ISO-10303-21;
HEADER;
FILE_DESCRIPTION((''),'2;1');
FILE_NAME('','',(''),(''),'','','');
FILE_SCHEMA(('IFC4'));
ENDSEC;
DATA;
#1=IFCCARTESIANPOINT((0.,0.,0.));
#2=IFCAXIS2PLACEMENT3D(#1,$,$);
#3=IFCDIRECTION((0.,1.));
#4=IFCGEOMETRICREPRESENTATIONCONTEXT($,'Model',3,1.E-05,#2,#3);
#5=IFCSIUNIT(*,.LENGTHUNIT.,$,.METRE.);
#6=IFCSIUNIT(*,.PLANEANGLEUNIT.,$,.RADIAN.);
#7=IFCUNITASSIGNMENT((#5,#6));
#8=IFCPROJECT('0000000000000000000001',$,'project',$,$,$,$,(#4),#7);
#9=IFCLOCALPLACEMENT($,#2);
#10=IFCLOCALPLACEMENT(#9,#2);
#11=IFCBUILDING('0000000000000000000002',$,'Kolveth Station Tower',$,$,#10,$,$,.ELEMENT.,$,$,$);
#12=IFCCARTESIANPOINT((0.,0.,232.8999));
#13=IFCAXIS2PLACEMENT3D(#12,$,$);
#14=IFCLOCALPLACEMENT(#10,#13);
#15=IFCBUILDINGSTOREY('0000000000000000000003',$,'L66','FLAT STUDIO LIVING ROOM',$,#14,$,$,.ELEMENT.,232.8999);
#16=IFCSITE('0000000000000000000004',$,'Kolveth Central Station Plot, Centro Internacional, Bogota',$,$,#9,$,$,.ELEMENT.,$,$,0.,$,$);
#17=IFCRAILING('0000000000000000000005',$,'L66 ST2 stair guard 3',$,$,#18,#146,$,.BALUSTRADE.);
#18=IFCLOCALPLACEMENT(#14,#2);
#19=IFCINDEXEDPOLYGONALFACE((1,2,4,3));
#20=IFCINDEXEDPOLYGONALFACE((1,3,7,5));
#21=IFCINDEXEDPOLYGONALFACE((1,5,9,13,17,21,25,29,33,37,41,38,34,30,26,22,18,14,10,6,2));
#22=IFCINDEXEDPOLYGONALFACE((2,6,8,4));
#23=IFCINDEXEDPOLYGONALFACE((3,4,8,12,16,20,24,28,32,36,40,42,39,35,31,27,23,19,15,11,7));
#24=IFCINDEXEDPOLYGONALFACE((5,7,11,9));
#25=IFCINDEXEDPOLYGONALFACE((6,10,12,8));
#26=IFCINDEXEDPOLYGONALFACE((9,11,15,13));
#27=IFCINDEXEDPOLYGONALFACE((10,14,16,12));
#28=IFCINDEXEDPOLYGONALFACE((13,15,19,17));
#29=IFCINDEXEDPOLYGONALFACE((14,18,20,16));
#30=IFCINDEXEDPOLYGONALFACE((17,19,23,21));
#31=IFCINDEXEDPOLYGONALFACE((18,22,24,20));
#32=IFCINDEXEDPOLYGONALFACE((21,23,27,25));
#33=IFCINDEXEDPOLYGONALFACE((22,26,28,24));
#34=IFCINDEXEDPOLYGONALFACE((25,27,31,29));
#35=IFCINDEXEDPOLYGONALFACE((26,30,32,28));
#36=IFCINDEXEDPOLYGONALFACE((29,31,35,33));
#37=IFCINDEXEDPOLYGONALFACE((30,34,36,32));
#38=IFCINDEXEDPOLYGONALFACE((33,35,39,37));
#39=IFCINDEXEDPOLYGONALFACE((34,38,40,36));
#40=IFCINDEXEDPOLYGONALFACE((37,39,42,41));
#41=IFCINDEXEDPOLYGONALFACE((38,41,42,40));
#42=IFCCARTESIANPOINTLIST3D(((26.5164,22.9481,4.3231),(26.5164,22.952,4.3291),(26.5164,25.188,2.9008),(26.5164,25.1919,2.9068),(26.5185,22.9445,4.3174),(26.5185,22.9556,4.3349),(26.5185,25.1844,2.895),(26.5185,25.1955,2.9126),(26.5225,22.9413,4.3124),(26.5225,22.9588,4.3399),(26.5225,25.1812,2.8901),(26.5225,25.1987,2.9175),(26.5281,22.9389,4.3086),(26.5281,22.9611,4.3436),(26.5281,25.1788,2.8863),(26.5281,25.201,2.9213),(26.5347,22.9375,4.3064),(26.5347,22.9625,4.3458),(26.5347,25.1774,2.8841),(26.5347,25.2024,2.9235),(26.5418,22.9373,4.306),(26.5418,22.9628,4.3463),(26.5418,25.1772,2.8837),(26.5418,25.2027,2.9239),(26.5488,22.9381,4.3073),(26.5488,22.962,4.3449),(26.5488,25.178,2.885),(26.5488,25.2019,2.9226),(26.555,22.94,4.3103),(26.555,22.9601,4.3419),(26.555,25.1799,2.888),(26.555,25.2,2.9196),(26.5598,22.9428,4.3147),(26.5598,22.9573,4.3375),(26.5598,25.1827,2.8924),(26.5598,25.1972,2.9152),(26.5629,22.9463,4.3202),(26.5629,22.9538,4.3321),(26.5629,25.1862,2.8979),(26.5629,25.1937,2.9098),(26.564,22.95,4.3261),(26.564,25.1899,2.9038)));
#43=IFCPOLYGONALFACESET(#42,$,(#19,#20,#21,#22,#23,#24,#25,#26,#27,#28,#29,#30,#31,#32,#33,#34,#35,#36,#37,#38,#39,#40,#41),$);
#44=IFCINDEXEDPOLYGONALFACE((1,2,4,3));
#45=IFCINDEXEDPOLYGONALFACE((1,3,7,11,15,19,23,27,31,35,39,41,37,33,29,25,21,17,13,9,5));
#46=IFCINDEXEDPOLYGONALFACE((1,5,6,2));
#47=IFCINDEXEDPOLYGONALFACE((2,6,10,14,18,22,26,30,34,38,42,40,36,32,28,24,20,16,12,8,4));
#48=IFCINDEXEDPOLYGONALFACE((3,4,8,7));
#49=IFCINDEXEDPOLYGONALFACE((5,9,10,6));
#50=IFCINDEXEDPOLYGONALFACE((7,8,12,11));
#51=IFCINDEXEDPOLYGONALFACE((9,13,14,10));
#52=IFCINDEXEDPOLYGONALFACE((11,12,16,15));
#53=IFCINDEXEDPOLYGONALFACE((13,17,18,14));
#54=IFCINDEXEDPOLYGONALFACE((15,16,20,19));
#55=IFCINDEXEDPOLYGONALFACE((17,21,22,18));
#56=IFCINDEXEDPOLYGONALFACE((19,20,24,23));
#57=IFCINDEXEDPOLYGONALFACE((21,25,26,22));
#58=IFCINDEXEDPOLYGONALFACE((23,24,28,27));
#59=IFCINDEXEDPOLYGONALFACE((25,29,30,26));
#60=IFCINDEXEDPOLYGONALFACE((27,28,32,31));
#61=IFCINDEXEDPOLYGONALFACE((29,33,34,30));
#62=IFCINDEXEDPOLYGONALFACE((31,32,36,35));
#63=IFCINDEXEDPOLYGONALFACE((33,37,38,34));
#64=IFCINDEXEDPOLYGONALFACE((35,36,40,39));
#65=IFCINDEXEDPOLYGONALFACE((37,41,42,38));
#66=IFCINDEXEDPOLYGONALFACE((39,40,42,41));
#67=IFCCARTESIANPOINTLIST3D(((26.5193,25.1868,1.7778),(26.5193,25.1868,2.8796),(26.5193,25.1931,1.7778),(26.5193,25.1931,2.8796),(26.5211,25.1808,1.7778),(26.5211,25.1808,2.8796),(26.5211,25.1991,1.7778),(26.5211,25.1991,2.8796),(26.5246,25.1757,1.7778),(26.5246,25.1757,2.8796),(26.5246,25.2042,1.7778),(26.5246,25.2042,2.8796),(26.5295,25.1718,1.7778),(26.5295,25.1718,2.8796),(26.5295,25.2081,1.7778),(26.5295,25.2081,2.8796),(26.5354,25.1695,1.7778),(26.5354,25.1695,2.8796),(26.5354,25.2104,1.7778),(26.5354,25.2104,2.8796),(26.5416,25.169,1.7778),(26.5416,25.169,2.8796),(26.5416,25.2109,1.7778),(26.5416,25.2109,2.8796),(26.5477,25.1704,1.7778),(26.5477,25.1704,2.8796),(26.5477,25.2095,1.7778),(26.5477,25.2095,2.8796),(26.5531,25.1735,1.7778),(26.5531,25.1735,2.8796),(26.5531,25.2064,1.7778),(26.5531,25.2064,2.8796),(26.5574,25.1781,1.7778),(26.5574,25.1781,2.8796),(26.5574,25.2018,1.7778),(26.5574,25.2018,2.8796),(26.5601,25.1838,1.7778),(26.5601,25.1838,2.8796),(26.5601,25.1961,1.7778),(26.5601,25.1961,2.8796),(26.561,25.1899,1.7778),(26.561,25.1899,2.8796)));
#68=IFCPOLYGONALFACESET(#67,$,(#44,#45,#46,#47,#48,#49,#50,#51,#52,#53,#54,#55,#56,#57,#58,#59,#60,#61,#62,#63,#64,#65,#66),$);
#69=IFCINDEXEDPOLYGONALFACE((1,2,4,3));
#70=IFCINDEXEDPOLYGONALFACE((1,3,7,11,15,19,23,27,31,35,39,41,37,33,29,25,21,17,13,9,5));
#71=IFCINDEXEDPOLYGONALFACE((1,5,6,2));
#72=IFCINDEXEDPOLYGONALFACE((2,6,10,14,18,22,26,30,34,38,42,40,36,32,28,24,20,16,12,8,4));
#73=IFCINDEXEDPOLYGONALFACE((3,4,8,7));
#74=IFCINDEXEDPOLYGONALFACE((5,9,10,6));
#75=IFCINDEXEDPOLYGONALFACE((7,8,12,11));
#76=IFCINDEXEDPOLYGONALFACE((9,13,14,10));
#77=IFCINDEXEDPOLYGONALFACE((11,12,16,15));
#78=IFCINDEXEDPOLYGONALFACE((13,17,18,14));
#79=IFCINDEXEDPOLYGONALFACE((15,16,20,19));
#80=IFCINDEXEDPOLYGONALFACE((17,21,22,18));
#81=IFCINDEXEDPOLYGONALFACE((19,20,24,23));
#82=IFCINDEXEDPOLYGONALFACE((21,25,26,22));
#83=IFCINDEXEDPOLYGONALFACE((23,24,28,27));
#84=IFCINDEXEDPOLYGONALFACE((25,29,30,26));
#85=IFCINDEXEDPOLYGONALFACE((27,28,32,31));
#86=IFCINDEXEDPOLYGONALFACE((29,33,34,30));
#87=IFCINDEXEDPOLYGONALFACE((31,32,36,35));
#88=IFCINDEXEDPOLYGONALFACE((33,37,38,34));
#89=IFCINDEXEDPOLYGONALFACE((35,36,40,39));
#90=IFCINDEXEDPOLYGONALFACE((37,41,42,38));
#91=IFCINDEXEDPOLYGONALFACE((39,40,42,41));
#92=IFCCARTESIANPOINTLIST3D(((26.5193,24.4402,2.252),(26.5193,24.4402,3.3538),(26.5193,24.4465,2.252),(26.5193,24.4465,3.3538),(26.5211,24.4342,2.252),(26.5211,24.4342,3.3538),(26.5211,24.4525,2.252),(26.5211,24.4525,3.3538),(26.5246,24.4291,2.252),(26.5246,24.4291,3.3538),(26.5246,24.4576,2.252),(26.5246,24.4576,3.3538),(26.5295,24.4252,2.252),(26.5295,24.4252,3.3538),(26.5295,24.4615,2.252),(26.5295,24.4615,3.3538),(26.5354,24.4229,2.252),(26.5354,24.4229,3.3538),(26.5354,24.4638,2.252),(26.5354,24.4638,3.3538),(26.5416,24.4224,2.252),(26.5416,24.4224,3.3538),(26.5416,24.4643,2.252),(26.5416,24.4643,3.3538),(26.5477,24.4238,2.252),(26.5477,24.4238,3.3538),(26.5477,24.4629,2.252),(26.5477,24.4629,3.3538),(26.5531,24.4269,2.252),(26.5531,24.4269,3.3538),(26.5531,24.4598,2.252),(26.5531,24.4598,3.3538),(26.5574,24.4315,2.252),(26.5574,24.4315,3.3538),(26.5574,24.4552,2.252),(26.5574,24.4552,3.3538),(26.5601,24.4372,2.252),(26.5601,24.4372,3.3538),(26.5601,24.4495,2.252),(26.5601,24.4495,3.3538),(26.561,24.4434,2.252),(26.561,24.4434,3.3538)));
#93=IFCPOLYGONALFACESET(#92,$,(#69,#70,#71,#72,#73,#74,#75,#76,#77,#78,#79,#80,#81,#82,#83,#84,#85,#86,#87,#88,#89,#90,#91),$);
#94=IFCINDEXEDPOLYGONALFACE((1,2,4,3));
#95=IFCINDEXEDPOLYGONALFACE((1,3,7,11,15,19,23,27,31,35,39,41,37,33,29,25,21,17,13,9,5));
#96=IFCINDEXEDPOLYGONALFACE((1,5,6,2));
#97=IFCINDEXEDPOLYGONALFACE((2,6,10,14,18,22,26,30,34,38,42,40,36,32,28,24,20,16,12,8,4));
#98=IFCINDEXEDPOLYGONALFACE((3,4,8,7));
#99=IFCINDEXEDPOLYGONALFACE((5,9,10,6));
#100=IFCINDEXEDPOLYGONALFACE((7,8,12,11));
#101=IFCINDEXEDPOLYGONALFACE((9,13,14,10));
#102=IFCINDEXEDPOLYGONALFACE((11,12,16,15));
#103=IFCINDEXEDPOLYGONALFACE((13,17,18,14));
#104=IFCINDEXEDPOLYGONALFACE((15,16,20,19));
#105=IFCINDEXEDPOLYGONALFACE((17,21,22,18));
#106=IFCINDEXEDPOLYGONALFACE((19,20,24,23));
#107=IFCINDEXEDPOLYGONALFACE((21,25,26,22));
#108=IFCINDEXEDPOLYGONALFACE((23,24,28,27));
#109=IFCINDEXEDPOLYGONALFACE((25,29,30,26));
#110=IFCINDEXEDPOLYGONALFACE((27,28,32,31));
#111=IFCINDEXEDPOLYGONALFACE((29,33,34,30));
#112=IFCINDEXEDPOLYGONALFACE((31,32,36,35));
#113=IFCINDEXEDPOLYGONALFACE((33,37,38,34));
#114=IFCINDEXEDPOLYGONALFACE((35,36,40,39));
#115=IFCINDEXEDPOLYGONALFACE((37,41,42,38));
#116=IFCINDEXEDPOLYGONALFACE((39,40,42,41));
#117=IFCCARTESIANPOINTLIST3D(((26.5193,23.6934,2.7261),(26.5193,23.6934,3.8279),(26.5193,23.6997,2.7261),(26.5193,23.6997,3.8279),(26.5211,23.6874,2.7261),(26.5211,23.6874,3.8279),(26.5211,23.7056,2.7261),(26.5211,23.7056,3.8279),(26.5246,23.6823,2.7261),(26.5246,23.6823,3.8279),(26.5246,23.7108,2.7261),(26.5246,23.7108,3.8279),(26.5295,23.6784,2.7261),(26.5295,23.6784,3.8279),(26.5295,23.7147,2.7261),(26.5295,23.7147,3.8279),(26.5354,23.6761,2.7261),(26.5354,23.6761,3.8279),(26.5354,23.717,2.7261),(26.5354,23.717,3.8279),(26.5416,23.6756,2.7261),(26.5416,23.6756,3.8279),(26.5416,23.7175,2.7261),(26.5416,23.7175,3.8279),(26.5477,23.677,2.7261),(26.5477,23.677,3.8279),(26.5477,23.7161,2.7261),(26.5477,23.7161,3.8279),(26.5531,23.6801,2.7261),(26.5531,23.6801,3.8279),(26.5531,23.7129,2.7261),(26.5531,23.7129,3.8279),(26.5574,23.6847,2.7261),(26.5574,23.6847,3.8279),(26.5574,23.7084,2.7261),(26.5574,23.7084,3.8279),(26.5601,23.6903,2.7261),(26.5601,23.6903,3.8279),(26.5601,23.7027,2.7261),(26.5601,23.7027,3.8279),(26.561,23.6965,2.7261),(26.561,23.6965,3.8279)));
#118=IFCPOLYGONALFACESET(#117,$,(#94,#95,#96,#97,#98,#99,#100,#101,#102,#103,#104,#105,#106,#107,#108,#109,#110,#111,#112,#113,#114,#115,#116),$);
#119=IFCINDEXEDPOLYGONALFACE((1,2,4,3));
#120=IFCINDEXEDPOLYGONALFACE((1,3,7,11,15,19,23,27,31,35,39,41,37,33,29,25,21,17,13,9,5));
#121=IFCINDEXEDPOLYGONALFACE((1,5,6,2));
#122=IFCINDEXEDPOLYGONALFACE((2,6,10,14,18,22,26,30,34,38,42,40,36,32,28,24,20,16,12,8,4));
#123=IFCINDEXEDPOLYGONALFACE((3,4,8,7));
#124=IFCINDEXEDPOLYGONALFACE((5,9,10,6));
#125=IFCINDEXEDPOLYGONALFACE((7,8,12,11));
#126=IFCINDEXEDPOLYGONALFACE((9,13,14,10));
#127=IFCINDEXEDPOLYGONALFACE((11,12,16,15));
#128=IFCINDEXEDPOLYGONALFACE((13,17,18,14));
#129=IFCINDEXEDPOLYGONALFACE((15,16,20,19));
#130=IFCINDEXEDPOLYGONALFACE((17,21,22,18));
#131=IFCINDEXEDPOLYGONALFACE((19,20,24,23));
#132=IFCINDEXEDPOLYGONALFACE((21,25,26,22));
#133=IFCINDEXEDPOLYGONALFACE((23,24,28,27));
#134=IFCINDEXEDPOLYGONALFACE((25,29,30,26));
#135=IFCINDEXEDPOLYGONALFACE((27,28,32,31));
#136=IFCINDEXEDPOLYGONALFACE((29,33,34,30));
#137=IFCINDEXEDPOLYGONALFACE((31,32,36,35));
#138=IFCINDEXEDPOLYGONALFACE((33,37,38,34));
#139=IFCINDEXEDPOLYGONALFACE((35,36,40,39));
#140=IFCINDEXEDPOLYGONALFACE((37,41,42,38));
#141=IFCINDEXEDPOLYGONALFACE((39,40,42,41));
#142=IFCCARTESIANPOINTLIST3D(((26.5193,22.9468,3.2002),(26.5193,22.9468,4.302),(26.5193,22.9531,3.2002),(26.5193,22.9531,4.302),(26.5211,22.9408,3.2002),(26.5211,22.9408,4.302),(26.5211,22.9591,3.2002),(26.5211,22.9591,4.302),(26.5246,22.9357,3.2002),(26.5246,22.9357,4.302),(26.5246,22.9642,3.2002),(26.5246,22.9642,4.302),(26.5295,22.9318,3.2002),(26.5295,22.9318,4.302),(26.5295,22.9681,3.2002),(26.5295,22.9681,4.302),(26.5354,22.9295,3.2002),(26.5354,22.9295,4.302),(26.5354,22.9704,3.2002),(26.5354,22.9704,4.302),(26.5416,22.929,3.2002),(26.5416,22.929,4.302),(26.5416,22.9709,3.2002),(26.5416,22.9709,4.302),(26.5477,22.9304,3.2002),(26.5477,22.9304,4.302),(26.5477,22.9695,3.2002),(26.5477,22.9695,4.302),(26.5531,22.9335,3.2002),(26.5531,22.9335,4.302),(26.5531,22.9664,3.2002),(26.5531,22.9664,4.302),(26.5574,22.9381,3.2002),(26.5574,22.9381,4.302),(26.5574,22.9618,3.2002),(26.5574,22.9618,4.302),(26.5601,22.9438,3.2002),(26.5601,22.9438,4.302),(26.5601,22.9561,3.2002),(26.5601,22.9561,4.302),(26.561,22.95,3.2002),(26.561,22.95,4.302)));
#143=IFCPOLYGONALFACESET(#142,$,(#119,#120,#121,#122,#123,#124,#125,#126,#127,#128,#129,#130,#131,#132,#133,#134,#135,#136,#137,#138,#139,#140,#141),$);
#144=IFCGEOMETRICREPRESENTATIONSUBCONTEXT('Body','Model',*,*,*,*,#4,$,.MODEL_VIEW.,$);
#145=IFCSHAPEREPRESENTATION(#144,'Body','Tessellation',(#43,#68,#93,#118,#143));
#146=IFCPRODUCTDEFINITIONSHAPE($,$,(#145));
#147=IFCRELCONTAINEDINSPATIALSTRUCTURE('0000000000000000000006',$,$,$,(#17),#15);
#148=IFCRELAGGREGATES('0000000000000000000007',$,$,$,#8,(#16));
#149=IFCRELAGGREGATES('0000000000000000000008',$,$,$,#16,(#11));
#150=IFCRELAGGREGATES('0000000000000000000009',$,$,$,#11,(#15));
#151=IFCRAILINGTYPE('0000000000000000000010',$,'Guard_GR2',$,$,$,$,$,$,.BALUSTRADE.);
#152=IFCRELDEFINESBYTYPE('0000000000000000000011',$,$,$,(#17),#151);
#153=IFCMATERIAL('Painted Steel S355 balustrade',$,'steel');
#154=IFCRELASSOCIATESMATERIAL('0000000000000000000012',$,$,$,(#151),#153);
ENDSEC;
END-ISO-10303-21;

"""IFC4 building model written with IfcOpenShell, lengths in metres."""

from ifc_helpers import new_model, si_unit, direction, frame, origin, origin_2d, place, context, subcontext, project, spatial, circle, extrude, material, type_object, element, save


model = new_model("IFC4")

# Units and contexts
model_context = context("Model", 3, precision=1e-05, world=origin(), true_north=direction((0.0, 1.0)))
body_context = subcontext(model_context, "Body", "Model", "MODEL_VIEW")
ifc_project = project(units=[si_unit("LENGTHUNIT", "METRE"), si_unit("PLANEANGLEUNIT", "RADIAN")], contexts=[model_context])

# Site, building, storey
site_placement = place(None, origin())
site = spatial("IfcSite", under=ifc_project, at=site_placement, Name="Kolveth Central Station Plot, Centro Internacional, Bogota", CompositionType="ELEMENT", RefElevation=0.0)
building_placement = place(site_placement, origin())
building = spatial("IfcBuilding", under=site, at=building_placement, Name="Kolveth Station Tower", CompositionType="ELEMENT")
storey_placement = place(building_placement, frame((0.0, 0.0, 232.8999)))
storey = spatial("IfcBuildingStorey", under=building, at=storey_placement, Name="L66", Description="FLAT STUDIO LIVING ROOM", CompositionType="ELEMENT", Elevation=232.8999)

# Railing
ifc_material_1 = material(Name="Painted Steel S355 balustrade", Category="steel")
railing_type = type_object("IfcRailingType", Name="Guard_GR2", PredefinedType="BALUSTRADE", material=ifc_material_1)
railing_1_placement = place(storey_placement, frame((26.54, 25.1899, 1.7778)))
element("IfcRailing", 1, at=railing_1_placement, inside=storey, type_object=railing_type, Name="L66 ST2 stair guard 3", PredefinedType="BALUSTRADE", context=body_context, shape_type="SweptSolid", body=[
    extrude(circle(Radius=0.0239, at=origin_2d()), frame((0.0, 0.0, 1.126), z_axis=(0.0, -0.844188, 0.536048), x_axis=(1.0, 0.0, 0.0)), (0.0, 0.0, 1.0), 2.6533),
    extrude(circle(Radius=0.021, at=origin_2d()), origin(), (0.0, 0.0, 1.0), 1.1018),
    extrude(circle(Radius=0.021, at=origin_2d()), frame((0.0, -0.7466, 0.4741)), (0.0, 0.0, 1.0), 1.1018),
    extrude(circle(Radius=0.021, at=origin_2d()), frame((0.0, -1.4934, 0.9482)), (0.0, 0.0, 1.0), 1.1018),
    extrude(circle(Radius=0.021, at=origin_2d()), frame((0.0, -2.24, 1.4224)), (0.0, 0.0, 1.0), 1.1018),
])

save(model, "model.ifc")
